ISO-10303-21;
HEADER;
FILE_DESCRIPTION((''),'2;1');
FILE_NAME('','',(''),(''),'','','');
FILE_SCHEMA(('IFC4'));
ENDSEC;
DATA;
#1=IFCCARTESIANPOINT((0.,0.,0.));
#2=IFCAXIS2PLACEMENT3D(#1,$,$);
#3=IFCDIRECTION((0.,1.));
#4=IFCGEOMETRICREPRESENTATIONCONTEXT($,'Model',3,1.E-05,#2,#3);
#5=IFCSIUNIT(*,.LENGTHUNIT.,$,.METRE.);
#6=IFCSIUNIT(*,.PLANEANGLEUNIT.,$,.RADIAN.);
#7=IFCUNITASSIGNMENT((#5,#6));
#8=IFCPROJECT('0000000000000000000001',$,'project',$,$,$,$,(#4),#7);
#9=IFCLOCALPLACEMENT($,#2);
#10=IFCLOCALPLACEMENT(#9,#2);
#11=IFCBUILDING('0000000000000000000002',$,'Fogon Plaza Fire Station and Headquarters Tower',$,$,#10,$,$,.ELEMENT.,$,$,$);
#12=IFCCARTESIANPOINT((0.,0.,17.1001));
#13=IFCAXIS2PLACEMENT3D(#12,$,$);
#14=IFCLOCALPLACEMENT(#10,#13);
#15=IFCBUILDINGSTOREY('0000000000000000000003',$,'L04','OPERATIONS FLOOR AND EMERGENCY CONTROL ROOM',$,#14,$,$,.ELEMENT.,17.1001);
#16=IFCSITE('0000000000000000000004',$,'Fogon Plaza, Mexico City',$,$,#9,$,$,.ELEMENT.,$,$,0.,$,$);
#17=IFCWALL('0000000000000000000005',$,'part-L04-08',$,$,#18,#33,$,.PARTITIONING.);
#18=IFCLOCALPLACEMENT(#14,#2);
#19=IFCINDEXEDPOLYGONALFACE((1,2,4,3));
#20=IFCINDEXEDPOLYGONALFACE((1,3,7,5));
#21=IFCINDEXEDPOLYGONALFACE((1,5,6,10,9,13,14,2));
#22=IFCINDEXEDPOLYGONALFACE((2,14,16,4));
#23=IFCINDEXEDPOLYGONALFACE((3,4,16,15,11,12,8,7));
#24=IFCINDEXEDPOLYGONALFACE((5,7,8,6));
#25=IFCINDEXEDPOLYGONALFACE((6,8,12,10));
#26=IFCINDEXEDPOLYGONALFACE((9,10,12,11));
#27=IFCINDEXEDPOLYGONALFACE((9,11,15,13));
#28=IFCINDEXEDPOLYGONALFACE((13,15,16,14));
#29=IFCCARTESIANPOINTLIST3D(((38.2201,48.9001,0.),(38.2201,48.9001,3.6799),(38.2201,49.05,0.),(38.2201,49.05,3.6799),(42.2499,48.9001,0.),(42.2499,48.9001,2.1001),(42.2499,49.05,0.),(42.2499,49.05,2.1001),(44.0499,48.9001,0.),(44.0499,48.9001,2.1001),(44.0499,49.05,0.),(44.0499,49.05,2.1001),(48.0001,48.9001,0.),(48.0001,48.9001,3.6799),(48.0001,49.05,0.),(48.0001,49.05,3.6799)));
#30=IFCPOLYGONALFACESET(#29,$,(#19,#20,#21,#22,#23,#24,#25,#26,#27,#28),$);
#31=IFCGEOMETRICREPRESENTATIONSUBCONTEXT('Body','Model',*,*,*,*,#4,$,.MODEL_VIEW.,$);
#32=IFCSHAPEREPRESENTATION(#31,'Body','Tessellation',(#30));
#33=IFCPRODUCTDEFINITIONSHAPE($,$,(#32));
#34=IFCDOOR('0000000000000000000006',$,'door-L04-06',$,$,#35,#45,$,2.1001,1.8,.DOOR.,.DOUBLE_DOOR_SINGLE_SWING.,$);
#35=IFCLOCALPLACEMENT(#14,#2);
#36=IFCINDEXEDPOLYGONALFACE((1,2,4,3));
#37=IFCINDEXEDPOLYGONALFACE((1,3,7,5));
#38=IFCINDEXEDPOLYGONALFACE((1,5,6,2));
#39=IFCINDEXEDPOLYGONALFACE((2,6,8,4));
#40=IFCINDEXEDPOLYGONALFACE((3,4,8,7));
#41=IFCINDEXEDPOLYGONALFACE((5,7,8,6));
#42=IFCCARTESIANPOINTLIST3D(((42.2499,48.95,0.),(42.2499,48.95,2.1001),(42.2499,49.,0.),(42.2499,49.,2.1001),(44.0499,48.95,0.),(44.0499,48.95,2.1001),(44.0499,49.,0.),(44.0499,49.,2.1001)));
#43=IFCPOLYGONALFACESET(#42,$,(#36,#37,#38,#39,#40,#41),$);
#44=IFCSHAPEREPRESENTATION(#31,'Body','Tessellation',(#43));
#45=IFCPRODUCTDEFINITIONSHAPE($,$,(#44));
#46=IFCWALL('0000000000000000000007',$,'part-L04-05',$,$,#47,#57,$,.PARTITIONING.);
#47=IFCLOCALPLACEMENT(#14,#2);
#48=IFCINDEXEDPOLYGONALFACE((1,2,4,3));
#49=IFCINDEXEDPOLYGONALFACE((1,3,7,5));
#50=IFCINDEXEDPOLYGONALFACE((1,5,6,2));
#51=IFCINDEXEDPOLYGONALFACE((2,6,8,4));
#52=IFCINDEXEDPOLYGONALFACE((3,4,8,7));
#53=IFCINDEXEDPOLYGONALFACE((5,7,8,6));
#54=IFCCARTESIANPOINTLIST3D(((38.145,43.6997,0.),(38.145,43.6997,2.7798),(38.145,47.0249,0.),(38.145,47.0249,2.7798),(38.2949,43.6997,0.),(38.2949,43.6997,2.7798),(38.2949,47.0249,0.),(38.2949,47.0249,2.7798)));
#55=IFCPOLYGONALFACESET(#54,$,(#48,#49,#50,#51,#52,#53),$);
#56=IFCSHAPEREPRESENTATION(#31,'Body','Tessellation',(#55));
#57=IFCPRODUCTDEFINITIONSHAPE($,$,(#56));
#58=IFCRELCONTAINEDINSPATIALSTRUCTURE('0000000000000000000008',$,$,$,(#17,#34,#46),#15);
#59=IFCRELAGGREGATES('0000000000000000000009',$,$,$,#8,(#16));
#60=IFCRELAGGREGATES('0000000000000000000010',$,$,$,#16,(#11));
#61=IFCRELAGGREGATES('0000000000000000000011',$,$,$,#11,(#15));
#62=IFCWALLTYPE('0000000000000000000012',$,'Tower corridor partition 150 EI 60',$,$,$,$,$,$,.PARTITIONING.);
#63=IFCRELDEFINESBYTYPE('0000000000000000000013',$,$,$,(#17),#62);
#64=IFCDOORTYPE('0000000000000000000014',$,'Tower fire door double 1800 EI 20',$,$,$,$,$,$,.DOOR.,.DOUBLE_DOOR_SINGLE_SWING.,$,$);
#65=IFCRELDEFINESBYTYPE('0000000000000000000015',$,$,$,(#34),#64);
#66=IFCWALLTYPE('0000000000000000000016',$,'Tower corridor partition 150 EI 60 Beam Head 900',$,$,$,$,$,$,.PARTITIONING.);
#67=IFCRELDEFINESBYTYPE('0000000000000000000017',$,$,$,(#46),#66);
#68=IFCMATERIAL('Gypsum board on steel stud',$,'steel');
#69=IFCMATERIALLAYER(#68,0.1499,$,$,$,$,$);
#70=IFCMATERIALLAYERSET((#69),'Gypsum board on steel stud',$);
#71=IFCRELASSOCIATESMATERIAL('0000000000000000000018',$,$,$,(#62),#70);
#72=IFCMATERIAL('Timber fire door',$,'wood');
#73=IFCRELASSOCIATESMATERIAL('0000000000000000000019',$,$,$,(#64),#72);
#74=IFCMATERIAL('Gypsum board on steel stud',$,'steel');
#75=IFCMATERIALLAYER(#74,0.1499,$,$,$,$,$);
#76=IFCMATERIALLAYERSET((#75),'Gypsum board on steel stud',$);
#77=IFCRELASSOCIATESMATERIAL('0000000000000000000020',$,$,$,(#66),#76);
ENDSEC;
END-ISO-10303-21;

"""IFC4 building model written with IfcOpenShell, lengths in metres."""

from ifc_helpers import new_model, si_unit, direction, frame, frame_2d, origin, place, context, subcontext, project, spatial, rectangle, extrude, material, layer, layer_set, type_object, element, fill, save


model = new_model("IFC4")

# Units and contexts
model_context = context("Model", 3, precision=1e-05, world=origin(), true_north=direction((0.0, 1.0)))
body_context = subcontext(model_context, "Body", "Model", "MODEL_VIEW")
ifc_project = project(units=[si_unit("LENGTHUNIT", "METRE"), si_unit("PLANEANGLEUNIT", "RADIAN")], contexts=[model_context])

# Site, building, storey
site_placement = place(None, origin())
site = spatial("IfcSite", under=ifc_project, at=site_placement, Name="Fogon Plaza, Mexico City", CompositionType="ELEMENT", RefElevation=0.0)
building_placement = place(site_placement, origin())
building = spatial("IfcBuilding", under=site, at=building_placement, Name="Fogon Plaza Fire Station and Headquarters Tower", CompositionType="ELEMENT")
storey_placement = place(building_placement, frame((0.0, 0.0, 17.1001)))
storey = spatial("IfcBuildingStorey", under=building, at=storey_placement, Name="L04", Description="OPERATIONS FLOOR AND EMERGENCY CONTROL ROOM", CompositionType="ELEMENT", Elevation=17.1001)

# Shared definitions
ifc_material_1 = material(Name="Gypsum board on steel stud", Category="steel")
ifc_layer_1 = layer(ifc_material_1, 0.1499)
ifc_layer_set_1 = layer_set([ifc_layer_1], Name="Gypsum board on steel stud")
wall_type_1 = type_object("IfcWallType", Name="Tower corridor partition 150 EI 60", PredefinedType="PARTITIONING", material=ifc_layer_set_1)
ifc_material_2 = material(Name="Timber fire door", Category="wood")
door_type_1 = type_object("IfcDoorType", Name="Tower fire door double 1800 EI 20", OperationType="DOUBLE_DOOR_SINGLE_SWING", PredefinedType="DOOR", material=ifc_material_2)

# Wall, opening, door
wall_1_placement = place(storey_placement, frame((38.22, 48.9751, 0.0), z_axis=(0.0, 0.0, 1.0), x_axis=(1.0, 0.0, 0.0)))
wall_1 = element("IfcWall", 1, at=wall_1_placement, inside=storey, type_object=wall_type_1, Name="part-L04-08", PredefinedType="PARTITIONING", context=body_context, shape_type="SweptSolid", body=[
    extrude(rectangle(XDim=9.78, YDim=0.1499, at=frame_2d((4.8901, 0.0))), origin(), (0.0, 0.0, 1.0), 3.6799),
])
opening_1_placement = place(wall_1_placement, frame((4.03, 0.0, 0.0)))
opening_1 = element("IfcOpeningElement", 2, at=opening_1_placement, cuts=wall_1, PredefinedType="OPENING", context=body_context, shape_type="SweptSolid", body=[
    extrude(rectangle(XDim=1.8, YDim=2.1001, at=frame_2d((0.8999, 1.05))), frame((0.0, 0.085, 0.0), z_axis=(0.0, -1.0, 0.0), x_axis=(1.0, 0.0, 0.0)), (0.0, 0.0, 1.0), 0.1699),
])
door_1_placement = place(opening_1_placement, origin())
door_1 = element("IfcDoor", 3, at=door_1_placement, inside=storey, type_object=door_type_1, Name="door-L04-06", OperationType="DOUBLE_DOOR_SINGLE_SWING", OverallHeight=2.1001, OverallWidth=1.8, PredefinedType="DOOR", context=body_context, shape_type="SweptSolid", body=[
    extrude(rectangle(XDim=1.8, YDim=2.1001, at=frame_2d((0.8999, 1.05))), frame((0.0, 0.0249, 0.0), z_axis=(0.0, -1.0, 0.0), x_axis=(1.0, 0.0, 0.0)), (0.0, 0.0, 1.0), 0.05),
])
fill(opening_1, door_1)

# Wall
ifc_material_3 = material(Name="Gypsum board on steel stud", Category="steel")
ifc_layer_2 = layer(ifc_material_3, 0.1499)
ifc_layer_set_2 = layer_set([ifc_layer_2], Name="Gypsum board on steel stud")
wall_type_2 = type_object("IfcWallType", Name="Tower corridor partition 150 EI 60 Beam Head 900", PredefinedType="PARTITIONING", material=ifc_layer_set_2)
wall_2_placement = place(storey_placement, frame((38.22, 43.6997, 0.0), z_axis=(0.0, 0.0, 1.0), x_axis=(0.0, 1.0, 0.0)))
element("IfcWall", 4, at=wall_2_placement, inside=storey, type_object=wall_type_2, Name="part-L04-05", PredefinedType="PARTITIONING", context=body_context, shape_type="SweptSolid", body=[
    extrude(rectangle(XDim=3.3252, YDim=0.1499, at=frame_2d((1.6626, 0.0))), origin(), (0.0, 0.0, 1.0), 2.7798),
])

save(model, "model.ifc")
